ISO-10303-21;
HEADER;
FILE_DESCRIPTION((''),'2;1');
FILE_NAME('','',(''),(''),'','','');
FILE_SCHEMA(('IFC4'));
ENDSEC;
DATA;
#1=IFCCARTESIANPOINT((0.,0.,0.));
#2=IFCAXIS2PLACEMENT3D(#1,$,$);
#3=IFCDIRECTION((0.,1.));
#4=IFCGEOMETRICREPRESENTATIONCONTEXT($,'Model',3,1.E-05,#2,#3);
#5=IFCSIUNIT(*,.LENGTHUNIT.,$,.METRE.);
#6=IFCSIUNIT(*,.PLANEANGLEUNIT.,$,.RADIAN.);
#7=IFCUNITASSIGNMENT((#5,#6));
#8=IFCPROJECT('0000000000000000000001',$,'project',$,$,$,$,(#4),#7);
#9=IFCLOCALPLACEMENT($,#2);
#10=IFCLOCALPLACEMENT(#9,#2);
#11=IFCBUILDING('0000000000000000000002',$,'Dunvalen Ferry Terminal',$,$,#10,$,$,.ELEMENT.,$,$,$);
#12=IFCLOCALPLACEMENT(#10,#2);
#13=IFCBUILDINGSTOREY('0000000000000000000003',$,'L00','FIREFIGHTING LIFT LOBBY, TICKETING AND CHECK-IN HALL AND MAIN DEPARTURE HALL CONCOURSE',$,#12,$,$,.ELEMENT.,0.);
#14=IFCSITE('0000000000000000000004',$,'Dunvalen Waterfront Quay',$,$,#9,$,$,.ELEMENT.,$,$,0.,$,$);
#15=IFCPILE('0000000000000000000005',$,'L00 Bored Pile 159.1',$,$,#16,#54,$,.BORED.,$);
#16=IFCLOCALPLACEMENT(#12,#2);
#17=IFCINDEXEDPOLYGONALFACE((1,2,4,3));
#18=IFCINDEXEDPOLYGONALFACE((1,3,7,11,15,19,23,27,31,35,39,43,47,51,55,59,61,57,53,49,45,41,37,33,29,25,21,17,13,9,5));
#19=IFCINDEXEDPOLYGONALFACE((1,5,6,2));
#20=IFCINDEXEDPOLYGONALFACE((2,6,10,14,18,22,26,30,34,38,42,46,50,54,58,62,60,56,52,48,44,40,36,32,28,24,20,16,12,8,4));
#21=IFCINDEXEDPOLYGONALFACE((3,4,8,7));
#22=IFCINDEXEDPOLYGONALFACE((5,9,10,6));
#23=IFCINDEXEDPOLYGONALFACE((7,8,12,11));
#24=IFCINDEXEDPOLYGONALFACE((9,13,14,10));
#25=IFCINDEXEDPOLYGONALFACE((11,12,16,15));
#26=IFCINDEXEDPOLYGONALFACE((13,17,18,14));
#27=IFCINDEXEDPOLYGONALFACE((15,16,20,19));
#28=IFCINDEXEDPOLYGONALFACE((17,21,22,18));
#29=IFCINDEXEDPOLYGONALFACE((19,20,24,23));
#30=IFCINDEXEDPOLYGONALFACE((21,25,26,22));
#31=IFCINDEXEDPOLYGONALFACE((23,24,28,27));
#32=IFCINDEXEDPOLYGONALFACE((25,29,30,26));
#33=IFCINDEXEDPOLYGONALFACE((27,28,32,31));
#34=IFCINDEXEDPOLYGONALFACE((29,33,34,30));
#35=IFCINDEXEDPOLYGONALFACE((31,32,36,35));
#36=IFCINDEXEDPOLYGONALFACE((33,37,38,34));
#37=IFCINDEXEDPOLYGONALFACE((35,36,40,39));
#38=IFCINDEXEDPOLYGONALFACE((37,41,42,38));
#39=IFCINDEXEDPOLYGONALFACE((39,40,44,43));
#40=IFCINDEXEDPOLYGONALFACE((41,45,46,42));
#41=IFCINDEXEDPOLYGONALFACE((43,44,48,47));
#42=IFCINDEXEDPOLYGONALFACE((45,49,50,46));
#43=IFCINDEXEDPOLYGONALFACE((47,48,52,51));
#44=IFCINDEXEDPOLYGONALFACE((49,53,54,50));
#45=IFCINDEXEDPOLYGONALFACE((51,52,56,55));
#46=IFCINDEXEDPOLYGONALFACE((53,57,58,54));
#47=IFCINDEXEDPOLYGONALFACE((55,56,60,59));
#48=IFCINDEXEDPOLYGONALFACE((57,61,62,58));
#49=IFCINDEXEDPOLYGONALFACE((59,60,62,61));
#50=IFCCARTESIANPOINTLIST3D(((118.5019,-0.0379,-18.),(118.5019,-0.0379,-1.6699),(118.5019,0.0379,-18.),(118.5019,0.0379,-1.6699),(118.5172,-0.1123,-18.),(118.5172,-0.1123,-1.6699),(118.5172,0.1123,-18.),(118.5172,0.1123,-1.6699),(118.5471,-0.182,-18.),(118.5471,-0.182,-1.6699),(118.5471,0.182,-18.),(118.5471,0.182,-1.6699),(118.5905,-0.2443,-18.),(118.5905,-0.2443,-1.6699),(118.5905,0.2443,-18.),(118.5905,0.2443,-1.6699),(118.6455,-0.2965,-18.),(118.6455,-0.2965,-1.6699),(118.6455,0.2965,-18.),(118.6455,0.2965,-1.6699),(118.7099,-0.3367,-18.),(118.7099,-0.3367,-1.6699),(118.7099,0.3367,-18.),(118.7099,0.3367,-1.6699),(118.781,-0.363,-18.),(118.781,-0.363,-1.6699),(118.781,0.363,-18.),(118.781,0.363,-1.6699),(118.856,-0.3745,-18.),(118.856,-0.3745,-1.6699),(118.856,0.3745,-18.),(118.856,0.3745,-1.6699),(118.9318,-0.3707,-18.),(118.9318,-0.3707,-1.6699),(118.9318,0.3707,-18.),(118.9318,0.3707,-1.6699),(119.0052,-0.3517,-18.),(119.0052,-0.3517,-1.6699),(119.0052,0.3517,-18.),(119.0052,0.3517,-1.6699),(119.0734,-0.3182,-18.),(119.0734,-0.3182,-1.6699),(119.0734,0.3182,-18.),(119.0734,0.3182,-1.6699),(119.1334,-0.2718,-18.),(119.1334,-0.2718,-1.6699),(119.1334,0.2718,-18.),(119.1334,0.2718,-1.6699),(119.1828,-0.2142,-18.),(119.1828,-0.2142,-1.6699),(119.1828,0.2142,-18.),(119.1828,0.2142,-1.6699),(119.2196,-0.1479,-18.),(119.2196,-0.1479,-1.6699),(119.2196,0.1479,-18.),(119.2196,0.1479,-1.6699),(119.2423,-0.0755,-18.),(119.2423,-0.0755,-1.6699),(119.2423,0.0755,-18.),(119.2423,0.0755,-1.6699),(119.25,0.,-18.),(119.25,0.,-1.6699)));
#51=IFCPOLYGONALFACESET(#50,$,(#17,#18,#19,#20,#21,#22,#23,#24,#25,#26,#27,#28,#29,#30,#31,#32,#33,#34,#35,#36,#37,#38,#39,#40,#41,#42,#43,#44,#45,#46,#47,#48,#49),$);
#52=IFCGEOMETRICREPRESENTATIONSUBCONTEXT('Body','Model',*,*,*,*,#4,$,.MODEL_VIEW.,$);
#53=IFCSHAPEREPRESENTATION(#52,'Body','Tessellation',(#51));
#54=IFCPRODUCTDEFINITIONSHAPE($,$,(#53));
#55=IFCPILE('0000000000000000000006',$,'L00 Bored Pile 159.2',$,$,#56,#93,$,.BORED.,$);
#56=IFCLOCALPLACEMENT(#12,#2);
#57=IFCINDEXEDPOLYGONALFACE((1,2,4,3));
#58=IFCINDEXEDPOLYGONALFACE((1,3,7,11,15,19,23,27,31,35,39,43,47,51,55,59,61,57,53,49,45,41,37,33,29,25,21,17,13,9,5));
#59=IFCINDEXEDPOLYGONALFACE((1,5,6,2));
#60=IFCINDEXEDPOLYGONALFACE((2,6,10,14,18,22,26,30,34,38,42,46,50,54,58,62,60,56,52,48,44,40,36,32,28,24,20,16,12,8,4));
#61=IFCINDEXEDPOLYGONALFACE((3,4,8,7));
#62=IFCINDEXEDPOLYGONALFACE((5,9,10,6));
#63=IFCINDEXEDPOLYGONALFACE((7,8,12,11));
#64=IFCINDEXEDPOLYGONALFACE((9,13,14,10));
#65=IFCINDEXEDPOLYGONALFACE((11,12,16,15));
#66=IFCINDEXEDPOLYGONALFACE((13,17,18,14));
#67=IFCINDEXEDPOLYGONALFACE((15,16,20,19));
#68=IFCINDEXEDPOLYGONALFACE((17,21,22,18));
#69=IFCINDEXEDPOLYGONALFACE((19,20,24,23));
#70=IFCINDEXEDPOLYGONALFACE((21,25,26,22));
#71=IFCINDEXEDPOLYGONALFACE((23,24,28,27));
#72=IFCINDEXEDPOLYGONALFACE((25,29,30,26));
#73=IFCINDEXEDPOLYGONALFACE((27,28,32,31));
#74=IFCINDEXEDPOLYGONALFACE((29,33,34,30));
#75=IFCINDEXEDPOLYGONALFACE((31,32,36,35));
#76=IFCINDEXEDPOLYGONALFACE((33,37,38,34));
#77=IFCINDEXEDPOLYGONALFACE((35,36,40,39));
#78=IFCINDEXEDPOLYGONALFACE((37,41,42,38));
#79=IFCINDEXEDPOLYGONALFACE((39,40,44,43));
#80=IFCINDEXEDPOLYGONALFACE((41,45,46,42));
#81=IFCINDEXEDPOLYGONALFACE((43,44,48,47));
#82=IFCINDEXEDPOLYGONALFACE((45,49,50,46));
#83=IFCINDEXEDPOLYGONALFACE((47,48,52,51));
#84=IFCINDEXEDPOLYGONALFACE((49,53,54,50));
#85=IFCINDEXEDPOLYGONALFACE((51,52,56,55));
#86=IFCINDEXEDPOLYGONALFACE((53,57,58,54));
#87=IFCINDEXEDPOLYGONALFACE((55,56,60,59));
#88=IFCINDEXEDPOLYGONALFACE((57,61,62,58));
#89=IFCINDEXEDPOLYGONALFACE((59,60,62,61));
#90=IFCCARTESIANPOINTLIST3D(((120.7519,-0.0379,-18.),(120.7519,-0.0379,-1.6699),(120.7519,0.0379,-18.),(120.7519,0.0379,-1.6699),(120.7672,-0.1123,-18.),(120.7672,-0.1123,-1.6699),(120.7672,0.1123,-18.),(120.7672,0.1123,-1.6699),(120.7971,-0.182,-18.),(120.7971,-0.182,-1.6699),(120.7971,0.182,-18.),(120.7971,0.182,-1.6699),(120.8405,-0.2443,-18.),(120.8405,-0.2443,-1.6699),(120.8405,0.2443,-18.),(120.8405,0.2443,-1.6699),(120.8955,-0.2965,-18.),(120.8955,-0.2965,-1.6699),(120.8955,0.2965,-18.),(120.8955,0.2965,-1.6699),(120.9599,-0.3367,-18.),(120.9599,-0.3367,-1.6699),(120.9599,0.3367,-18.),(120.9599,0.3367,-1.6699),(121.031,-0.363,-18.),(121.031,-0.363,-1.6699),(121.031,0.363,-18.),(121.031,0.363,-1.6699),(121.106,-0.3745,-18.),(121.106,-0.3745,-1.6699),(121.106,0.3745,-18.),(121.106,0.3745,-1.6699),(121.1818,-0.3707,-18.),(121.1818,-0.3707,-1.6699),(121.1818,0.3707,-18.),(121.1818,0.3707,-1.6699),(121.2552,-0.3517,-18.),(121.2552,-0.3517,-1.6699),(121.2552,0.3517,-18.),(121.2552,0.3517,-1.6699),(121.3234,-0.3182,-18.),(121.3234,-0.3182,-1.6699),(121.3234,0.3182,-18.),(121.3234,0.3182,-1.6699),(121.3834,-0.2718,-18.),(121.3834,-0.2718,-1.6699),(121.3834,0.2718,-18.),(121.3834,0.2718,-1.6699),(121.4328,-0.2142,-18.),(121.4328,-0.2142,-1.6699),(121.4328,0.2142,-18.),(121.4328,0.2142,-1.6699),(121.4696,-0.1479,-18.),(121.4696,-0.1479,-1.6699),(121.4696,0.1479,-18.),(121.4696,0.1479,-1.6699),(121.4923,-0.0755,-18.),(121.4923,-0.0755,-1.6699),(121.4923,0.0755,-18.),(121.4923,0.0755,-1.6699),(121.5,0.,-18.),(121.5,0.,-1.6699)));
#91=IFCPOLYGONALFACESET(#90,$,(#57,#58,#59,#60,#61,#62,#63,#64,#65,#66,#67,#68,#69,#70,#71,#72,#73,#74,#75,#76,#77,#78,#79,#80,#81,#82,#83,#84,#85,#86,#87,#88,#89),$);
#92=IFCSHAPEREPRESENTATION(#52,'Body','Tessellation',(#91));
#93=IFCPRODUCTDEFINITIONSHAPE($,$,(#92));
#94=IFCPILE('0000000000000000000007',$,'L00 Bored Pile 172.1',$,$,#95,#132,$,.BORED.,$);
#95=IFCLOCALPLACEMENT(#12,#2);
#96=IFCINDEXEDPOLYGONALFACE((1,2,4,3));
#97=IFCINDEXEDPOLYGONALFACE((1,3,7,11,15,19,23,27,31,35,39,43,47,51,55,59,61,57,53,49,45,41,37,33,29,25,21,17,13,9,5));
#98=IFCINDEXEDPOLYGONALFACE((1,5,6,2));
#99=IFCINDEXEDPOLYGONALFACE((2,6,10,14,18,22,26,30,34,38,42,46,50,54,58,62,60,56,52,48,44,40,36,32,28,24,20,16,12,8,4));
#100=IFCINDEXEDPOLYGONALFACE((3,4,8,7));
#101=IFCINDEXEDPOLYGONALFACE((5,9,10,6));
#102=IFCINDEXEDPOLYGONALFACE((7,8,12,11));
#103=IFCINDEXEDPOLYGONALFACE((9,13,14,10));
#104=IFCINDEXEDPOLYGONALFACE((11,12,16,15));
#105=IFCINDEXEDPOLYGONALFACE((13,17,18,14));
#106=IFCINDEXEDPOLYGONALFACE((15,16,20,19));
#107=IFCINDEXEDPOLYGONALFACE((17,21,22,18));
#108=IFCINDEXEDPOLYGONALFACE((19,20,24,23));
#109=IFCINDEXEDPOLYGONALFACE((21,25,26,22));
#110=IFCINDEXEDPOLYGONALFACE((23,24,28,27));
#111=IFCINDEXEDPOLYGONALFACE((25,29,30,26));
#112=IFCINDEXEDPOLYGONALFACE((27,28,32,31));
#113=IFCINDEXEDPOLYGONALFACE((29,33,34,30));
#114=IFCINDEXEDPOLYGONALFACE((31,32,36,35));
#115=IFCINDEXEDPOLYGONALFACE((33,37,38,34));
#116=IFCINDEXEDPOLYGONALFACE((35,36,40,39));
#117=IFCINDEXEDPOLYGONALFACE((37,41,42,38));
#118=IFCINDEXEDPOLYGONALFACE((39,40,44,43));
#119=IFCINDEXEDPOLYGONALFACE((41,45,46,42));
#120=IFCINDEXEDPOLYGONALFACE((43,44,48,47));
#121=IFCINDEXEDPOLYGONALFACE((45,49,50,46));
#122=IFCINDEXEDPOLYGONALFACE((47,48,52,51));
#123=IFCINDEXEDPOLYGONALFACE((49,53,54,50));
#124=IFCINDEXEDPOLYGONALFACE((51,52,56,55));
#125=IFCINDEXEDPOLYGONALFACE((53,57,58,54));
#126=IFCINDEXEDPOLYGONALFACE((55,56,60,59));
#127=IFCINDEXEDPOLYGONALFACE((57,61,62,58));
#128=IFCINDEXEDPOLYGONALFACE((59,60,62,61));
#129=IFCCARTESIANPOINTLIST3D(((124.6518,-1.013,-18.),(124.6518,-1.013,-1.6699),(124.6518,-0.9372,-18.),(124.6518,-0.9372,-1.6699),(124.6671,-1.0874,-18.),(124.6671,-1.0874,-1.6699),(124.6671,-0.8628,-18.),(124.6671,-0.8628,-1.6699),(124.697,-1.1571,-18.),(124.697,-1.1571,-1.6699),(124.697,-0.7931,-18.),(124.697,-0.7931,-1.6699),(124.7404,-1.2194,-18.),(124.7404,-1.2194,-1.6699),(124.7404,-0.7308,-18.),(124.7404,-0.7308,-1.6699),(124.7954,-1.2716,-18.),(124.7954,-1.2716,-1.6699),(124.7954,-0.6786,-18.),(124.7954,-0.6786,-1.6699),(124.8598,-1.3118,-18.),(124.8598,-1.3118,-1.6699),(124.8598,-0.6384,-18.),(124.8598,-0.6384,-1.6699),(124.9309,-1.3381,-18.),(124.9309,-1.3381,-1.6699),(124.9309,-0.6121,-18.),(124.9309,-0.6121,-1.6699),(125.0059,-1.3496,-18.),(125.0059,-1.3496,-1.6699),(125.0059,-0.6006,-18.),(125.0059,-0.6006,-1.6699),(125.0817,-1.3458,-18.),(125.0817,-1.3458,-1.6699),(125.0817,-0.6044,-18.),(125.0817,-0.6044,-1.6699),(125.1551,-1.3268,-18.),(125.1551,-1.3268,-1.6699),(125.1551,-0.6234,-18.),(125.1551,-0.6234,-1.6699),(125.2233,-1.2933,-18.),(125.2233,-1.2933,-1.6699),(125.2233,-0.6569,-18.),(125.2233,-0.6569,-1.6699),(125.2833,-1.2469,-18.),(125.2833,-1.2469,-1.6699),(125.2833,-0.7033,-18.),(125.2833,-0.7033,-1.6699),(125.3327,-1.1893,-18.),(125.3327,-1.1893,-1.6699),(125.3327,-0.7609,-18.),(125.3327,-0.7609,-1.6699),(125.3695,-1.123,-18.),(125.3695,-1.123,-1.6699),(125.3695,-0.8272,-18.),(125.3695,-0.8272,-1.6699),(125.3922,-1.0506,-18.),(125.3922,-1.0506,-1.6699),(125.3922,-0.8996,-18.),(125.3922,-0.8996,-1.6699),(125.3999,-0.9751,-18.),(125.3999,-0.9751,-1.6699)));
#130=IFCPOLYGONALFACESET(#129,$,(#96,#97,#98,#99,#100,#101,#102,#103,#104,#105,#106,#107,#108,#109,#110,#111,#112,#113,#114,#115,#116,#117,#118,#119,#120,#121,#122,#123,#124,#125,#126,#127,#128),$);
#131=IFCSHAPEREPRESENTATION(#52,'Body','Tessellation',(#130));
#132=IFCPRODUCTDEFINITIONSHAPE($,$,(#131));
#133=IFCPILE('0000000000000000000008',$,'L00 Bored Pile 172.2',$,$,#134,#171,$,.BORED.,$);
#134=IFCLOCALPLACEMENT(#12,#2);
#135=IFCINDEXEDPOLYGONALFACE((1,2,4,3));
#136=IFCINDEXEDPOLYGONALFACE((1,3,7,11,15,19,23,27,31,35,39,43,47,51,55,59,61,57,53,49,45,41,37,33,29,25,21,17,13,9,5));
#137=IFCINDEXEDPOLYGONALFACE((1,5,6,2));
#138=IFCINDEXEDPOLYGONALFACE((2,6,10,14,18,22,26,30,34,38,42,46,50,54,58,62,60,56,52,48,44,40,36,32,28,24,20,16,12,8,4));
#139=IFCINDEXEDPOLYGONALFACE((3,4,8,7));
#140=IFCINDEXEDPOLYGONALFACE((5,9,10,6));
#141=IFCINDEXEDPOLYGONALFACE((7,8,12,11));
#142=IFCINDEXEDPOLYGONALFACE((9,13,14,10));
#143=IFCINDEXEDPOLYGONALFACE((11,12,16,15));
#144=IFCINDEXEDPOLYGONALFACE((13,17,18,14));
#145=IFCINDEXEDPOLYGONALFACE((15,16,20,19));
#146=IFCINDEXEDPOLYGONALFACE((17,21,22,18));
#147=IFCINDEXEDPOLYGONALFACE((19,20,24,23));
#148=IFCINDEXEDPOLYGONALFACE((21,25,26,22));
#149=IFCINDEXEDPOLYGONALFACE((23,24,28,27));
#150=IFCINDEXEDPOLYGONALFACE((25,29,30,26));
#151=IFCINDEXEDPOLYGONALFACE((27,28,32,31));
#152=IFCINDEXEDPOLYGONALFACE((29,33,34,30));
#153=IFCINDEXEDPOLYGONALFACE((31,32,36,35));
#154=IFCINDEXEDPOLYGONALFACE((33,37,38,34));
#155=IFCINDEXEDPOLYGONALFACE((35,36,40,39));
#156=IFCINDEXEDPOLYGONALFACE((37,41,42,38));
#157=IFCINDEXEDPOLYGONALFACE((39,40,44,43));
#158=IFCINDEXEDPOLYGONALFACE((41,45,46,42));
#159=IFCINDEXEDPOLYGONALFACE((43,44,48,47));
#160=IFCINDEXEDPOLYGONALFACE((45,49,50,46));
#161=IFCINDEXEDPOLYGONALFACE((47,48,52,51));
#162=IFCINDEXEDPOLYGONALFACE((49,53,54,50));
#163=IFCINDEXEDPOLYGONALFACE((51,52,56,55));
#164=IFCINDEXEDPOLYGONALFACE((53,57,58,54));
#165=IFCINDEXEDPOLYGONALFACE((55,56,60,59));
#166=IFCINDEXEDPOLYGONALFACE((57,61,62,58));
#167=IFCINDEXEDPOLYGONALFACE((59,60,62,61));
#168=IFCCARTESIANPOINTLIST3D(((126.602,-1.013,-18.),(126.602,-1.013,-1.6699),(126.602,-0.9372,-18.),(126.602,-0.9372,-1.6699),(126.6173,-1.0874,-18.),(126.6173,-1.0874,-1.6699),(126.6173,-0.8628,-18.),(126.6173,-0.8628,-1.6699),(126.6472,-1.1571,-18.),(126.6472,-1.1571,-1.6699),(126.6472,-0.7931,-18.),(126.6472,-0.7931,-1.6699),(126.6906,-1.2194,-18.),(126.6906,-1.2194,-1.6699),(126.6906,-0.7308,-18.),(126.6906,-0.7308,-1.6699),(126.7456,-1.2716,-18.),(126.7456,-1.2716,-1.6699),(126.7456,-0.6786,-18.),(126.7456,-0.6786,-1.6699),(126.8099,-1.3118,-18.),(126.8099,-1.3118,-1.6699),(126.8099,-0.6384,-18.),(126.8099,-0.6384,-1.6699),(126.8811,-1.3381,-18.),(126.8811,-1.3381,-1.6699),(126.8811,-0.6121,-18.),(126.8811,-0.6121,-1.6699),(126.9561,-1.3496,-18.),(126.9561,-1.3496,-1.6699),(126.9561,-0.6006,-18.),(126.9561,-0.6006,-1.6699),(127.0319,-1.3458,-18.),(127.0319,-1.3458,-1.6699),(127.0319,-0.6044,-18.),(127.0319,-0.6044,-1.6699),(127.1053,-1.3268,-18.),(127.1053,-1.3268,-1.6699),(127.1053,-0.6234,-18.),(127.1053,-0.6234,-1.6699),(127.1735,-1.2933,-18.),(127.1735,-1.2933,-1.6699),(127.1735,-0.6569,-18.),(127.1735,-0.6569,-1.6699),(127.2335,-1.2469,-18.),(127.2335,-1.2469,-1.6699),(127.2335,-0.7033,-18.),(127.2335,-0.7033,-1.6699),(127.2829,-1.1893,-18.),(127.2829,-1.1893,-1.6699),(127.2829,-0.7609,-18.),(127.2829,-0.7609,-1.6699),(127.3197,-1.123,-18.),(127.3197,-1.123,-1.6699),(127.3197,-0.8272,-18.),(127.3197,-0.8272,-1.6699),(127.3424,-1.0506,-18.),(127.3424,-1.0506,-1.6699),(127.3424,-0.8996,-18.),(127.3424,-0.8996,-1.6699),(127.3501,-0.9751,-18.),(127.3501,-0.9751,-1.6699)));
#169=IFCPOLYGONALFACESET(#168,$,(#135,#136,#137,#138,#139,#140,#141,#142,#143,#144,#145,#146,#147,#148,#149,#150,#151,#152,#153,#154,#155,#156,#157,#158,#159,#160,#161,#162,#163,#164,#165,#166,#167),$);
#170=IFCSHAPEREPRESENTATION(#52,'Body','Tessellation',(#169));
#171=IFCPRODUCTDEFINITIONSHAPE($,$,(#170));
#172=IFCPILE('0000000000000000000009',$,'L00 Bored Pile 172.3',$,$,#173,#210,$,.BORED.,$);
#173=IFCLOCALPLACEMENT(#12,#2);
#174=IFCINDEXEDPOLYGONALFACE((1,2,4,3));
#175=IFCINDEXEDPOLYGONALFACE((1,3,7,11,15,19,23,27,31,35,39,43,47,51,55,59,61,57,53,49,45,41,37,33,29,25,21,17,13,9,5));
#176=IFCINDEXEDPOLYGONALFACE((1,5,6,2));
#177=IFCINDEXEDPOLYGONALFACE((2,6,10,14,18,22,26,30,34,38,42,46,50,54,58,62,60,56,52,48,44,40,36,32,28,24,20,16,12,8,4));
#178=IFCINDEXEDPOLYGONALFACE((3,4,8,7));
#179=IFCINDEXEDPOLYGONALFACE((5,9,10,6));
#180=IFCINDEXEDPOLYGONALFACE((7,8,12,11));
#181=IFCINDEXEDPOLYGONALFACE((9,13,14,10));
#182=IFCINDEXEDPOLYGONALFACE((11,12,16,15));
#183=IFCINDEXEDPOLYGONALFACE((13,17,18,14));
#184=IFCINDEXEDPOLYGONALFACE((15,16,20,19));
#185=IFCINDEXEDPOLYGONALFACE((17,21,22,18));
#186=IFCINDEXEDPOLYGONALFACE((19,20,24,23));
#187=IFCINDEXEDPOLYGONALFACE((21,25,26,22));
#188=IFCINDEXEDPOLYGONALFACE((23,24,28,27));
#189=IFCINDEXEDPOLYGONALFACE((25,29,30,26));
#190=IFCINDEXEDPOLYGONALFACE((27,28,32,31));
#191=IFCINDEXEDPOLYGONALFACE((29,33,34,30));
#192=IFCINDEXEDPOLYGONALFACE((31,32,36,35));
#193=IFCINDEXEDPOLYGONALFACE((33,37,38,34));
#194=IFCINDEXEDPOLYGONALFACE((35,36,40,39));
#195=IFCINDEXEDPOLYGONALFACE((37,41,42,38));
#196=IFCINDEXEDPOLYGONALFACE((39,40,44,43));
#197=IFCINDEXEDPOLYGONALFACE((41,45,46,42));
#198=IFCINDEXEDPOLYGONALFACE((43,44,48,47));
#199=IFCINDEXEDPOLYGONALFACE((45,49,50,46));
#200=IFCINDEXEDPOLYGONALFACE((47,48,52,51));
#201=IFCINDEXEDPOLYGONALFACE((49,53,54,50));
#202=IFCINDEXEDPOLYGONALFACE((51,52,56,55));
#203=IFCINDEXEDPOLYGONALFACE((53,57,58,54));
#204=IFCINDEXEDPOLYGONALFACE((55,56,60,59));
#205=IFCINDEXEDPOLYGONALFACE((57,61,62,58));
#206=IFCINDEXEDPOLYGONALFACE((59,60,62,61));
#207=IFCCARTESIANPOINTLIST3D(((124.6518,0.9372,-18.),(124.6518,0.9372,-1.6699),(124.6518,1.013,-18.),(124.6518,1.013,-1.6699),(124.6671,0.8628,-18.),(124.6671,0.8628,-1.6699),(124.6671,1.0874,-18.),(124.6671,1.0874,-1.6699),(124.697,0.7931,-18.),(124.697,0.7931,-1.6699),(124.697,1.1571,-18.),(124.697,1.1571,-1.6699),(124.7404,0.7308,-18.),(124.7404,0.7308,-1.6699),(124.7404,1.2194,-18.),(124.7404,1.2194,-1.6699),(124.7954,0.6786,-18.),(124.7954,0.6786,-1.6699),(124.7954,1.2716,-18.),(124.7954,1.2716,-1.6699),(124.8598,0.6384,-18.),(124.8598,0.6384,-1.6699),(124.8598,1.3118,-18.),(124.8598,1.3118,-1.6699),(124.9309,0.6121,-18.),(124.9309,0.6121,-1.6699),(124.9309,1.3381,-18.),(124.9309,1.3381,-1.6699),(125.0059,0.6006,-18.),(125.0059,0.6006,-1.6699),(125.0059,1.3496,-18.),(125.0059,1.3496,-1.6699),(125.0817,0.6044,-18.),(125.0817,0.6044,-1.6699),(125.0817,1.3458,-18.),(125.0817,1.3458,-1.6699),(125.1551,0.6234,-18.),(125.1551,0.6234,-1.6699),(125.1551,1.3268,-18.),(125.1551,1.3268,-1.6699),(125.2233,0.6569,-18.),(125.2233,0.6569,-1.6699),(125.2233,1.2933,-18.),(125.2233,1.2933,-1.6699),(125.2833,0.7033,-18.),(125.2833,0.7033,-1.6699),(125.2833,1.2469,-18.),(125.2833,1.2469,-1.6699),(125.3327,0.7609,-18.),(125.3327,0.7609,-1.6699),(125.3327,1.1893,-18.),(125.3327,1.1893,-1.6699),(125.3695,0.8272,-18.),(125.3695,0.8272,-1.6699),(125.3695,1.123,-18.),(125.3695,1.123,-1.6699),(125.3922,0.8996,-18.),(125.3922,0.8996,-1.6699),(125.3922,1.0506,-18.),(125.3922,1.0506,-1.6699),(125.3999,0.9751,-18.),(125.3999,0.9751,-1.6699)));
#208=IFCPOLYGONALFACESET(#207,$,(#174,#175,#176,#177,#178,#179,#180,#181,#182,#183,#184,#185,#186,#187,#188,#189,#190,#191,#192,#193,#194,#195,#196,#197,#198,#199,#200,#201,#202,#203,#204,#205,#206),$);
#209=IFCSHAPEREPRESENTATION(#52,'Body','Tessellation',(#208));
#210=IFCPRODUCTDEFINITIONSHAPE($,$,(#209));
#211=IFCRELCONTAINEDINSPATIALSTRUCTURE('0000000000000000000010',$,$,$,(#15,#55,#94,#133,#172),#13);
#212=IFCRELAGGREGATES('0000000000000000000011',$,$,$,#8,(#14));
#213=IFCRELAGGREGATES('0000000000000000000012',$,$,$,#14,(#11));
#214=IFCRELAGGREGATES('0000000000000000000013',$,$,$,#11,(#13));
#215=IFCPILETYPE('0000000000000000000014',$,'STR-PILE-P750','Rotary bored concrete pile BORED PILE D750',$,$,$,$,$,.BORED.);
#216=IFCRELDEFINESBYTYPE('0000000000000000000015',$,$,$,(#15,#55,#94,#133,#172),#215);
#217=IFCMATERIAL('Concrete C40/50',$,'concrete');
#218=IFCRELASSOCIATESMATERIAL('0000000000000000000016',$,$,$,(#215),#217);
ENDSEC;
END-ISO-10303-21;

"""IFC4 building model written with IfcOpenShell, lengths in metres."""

from ifc_helpers import new_model, si_unit, direction, frame, origin, origin_2d, place, context, subcontext, project, spatial, circle, extrude, material, material_profile, profile_set, type_object, element, save


model = new_model("IFC4")

# Units and contexts
model_context = context("Model", 3, precision=1e-05, world=origin(), true_north=direction((0.0, 1.0)))
body_context = subcontext(model_context, "Body", "Model", "MODEL_VIEW")
ifc_project = project(units=[si_unit("LENGTHUNIT", "METRE"), si_unit("PLANEANGLEUNIT", "RADIAN")], contexts=[model_context])

# Site, building, storey
site_placement = place(None, origin())
site = spatial("IfcSite", under=ifc_project, at=site_placement, Name="Dunvalen Waterfront Quay", CompositionType="ELEMENT", RefElevation=0.0)
building_placement = place(site_placement, origin())
building = spatial("IfcBuilding", under=site, at=building_placement, Name="Dunvalen Ferry Terminal", CompositionType="ELEMENT")
storey_placement = place(building_placement, origin())
storey = spatial("IfcBuildingStorey", under=building, at=storey_placement, Name="L00", Description="FIREFIGHTING LIFT LOBBY, TICKETING AND CHECK-IN HALL AND MAIN DEPARTURE HALL CONCOURSE", CompositionType="ELEMENT", Elevation=0.0)

# Shared definitions
ifc_material_1 = material(Name="Concrete C40/50", Category="concrete")

# Piles
ifc_material_profile_1 = material_profile(ifc_material_1, circle(Radius=0.375, at=origin_2d()), Name="Concrete C40/50")
ifc_profile_set_1 = profile_set([ifc_material_profile_1], Name="Concrete C40/50")
pile_type = type_object("IfcPileType", Name="STR-PILE-P750", Description="Rotary bored concrete pile BORED PILE D750", PredefinedType="BORED", material=ifc_profile_set_1)
for number, where, z_axis, x_axis, name in (
    (1, (118.875, 0.0, -1.6699), (0.0, 0.0, -1.0), (1.0, 0.0, 0.0), "L00 Bored Pile 159.1"),
    (2, (121.125, 0.0, -1.6699), (0.0, 0.0, -1.0), (1.0, 0.0, 0.0), "L00 Bored Pile 159.2"),
    (3, (125.0249, -0.9751, -1.6699), (0.0, 0.0, -1.0), (1.0, 0.0, 0.0), "L00 Bored Pile 172.1"),
    (4, (126.9751, -0.9751, -1.6699), (0.0, 0.0, -1.0), (1.0, 0.0, 0.0), "L00 Bored Pile 172.2"),
    (5, (125.0249, 0.9751, -1.6699), (0.0, 0.0, -1.0), (1.0, 0.0, 0.0), "L00 Bored Pile 172.3"),
):
    element("IfcPile", number, at=place(storey_placement, frame(where, z_axis=z_axis, x_axis=x_axis)), inside=storey, type_object=pile_type, Name=name, PredefinedType="BORED", context=body_context, shape_type="SweptSolid", body=[
        extrude(circle(Radius=0.375, at=origin_2d()), origin(), (0.0, 0.0, 1.0), 16.3301),
    ])

save(model, "model.ifc")
